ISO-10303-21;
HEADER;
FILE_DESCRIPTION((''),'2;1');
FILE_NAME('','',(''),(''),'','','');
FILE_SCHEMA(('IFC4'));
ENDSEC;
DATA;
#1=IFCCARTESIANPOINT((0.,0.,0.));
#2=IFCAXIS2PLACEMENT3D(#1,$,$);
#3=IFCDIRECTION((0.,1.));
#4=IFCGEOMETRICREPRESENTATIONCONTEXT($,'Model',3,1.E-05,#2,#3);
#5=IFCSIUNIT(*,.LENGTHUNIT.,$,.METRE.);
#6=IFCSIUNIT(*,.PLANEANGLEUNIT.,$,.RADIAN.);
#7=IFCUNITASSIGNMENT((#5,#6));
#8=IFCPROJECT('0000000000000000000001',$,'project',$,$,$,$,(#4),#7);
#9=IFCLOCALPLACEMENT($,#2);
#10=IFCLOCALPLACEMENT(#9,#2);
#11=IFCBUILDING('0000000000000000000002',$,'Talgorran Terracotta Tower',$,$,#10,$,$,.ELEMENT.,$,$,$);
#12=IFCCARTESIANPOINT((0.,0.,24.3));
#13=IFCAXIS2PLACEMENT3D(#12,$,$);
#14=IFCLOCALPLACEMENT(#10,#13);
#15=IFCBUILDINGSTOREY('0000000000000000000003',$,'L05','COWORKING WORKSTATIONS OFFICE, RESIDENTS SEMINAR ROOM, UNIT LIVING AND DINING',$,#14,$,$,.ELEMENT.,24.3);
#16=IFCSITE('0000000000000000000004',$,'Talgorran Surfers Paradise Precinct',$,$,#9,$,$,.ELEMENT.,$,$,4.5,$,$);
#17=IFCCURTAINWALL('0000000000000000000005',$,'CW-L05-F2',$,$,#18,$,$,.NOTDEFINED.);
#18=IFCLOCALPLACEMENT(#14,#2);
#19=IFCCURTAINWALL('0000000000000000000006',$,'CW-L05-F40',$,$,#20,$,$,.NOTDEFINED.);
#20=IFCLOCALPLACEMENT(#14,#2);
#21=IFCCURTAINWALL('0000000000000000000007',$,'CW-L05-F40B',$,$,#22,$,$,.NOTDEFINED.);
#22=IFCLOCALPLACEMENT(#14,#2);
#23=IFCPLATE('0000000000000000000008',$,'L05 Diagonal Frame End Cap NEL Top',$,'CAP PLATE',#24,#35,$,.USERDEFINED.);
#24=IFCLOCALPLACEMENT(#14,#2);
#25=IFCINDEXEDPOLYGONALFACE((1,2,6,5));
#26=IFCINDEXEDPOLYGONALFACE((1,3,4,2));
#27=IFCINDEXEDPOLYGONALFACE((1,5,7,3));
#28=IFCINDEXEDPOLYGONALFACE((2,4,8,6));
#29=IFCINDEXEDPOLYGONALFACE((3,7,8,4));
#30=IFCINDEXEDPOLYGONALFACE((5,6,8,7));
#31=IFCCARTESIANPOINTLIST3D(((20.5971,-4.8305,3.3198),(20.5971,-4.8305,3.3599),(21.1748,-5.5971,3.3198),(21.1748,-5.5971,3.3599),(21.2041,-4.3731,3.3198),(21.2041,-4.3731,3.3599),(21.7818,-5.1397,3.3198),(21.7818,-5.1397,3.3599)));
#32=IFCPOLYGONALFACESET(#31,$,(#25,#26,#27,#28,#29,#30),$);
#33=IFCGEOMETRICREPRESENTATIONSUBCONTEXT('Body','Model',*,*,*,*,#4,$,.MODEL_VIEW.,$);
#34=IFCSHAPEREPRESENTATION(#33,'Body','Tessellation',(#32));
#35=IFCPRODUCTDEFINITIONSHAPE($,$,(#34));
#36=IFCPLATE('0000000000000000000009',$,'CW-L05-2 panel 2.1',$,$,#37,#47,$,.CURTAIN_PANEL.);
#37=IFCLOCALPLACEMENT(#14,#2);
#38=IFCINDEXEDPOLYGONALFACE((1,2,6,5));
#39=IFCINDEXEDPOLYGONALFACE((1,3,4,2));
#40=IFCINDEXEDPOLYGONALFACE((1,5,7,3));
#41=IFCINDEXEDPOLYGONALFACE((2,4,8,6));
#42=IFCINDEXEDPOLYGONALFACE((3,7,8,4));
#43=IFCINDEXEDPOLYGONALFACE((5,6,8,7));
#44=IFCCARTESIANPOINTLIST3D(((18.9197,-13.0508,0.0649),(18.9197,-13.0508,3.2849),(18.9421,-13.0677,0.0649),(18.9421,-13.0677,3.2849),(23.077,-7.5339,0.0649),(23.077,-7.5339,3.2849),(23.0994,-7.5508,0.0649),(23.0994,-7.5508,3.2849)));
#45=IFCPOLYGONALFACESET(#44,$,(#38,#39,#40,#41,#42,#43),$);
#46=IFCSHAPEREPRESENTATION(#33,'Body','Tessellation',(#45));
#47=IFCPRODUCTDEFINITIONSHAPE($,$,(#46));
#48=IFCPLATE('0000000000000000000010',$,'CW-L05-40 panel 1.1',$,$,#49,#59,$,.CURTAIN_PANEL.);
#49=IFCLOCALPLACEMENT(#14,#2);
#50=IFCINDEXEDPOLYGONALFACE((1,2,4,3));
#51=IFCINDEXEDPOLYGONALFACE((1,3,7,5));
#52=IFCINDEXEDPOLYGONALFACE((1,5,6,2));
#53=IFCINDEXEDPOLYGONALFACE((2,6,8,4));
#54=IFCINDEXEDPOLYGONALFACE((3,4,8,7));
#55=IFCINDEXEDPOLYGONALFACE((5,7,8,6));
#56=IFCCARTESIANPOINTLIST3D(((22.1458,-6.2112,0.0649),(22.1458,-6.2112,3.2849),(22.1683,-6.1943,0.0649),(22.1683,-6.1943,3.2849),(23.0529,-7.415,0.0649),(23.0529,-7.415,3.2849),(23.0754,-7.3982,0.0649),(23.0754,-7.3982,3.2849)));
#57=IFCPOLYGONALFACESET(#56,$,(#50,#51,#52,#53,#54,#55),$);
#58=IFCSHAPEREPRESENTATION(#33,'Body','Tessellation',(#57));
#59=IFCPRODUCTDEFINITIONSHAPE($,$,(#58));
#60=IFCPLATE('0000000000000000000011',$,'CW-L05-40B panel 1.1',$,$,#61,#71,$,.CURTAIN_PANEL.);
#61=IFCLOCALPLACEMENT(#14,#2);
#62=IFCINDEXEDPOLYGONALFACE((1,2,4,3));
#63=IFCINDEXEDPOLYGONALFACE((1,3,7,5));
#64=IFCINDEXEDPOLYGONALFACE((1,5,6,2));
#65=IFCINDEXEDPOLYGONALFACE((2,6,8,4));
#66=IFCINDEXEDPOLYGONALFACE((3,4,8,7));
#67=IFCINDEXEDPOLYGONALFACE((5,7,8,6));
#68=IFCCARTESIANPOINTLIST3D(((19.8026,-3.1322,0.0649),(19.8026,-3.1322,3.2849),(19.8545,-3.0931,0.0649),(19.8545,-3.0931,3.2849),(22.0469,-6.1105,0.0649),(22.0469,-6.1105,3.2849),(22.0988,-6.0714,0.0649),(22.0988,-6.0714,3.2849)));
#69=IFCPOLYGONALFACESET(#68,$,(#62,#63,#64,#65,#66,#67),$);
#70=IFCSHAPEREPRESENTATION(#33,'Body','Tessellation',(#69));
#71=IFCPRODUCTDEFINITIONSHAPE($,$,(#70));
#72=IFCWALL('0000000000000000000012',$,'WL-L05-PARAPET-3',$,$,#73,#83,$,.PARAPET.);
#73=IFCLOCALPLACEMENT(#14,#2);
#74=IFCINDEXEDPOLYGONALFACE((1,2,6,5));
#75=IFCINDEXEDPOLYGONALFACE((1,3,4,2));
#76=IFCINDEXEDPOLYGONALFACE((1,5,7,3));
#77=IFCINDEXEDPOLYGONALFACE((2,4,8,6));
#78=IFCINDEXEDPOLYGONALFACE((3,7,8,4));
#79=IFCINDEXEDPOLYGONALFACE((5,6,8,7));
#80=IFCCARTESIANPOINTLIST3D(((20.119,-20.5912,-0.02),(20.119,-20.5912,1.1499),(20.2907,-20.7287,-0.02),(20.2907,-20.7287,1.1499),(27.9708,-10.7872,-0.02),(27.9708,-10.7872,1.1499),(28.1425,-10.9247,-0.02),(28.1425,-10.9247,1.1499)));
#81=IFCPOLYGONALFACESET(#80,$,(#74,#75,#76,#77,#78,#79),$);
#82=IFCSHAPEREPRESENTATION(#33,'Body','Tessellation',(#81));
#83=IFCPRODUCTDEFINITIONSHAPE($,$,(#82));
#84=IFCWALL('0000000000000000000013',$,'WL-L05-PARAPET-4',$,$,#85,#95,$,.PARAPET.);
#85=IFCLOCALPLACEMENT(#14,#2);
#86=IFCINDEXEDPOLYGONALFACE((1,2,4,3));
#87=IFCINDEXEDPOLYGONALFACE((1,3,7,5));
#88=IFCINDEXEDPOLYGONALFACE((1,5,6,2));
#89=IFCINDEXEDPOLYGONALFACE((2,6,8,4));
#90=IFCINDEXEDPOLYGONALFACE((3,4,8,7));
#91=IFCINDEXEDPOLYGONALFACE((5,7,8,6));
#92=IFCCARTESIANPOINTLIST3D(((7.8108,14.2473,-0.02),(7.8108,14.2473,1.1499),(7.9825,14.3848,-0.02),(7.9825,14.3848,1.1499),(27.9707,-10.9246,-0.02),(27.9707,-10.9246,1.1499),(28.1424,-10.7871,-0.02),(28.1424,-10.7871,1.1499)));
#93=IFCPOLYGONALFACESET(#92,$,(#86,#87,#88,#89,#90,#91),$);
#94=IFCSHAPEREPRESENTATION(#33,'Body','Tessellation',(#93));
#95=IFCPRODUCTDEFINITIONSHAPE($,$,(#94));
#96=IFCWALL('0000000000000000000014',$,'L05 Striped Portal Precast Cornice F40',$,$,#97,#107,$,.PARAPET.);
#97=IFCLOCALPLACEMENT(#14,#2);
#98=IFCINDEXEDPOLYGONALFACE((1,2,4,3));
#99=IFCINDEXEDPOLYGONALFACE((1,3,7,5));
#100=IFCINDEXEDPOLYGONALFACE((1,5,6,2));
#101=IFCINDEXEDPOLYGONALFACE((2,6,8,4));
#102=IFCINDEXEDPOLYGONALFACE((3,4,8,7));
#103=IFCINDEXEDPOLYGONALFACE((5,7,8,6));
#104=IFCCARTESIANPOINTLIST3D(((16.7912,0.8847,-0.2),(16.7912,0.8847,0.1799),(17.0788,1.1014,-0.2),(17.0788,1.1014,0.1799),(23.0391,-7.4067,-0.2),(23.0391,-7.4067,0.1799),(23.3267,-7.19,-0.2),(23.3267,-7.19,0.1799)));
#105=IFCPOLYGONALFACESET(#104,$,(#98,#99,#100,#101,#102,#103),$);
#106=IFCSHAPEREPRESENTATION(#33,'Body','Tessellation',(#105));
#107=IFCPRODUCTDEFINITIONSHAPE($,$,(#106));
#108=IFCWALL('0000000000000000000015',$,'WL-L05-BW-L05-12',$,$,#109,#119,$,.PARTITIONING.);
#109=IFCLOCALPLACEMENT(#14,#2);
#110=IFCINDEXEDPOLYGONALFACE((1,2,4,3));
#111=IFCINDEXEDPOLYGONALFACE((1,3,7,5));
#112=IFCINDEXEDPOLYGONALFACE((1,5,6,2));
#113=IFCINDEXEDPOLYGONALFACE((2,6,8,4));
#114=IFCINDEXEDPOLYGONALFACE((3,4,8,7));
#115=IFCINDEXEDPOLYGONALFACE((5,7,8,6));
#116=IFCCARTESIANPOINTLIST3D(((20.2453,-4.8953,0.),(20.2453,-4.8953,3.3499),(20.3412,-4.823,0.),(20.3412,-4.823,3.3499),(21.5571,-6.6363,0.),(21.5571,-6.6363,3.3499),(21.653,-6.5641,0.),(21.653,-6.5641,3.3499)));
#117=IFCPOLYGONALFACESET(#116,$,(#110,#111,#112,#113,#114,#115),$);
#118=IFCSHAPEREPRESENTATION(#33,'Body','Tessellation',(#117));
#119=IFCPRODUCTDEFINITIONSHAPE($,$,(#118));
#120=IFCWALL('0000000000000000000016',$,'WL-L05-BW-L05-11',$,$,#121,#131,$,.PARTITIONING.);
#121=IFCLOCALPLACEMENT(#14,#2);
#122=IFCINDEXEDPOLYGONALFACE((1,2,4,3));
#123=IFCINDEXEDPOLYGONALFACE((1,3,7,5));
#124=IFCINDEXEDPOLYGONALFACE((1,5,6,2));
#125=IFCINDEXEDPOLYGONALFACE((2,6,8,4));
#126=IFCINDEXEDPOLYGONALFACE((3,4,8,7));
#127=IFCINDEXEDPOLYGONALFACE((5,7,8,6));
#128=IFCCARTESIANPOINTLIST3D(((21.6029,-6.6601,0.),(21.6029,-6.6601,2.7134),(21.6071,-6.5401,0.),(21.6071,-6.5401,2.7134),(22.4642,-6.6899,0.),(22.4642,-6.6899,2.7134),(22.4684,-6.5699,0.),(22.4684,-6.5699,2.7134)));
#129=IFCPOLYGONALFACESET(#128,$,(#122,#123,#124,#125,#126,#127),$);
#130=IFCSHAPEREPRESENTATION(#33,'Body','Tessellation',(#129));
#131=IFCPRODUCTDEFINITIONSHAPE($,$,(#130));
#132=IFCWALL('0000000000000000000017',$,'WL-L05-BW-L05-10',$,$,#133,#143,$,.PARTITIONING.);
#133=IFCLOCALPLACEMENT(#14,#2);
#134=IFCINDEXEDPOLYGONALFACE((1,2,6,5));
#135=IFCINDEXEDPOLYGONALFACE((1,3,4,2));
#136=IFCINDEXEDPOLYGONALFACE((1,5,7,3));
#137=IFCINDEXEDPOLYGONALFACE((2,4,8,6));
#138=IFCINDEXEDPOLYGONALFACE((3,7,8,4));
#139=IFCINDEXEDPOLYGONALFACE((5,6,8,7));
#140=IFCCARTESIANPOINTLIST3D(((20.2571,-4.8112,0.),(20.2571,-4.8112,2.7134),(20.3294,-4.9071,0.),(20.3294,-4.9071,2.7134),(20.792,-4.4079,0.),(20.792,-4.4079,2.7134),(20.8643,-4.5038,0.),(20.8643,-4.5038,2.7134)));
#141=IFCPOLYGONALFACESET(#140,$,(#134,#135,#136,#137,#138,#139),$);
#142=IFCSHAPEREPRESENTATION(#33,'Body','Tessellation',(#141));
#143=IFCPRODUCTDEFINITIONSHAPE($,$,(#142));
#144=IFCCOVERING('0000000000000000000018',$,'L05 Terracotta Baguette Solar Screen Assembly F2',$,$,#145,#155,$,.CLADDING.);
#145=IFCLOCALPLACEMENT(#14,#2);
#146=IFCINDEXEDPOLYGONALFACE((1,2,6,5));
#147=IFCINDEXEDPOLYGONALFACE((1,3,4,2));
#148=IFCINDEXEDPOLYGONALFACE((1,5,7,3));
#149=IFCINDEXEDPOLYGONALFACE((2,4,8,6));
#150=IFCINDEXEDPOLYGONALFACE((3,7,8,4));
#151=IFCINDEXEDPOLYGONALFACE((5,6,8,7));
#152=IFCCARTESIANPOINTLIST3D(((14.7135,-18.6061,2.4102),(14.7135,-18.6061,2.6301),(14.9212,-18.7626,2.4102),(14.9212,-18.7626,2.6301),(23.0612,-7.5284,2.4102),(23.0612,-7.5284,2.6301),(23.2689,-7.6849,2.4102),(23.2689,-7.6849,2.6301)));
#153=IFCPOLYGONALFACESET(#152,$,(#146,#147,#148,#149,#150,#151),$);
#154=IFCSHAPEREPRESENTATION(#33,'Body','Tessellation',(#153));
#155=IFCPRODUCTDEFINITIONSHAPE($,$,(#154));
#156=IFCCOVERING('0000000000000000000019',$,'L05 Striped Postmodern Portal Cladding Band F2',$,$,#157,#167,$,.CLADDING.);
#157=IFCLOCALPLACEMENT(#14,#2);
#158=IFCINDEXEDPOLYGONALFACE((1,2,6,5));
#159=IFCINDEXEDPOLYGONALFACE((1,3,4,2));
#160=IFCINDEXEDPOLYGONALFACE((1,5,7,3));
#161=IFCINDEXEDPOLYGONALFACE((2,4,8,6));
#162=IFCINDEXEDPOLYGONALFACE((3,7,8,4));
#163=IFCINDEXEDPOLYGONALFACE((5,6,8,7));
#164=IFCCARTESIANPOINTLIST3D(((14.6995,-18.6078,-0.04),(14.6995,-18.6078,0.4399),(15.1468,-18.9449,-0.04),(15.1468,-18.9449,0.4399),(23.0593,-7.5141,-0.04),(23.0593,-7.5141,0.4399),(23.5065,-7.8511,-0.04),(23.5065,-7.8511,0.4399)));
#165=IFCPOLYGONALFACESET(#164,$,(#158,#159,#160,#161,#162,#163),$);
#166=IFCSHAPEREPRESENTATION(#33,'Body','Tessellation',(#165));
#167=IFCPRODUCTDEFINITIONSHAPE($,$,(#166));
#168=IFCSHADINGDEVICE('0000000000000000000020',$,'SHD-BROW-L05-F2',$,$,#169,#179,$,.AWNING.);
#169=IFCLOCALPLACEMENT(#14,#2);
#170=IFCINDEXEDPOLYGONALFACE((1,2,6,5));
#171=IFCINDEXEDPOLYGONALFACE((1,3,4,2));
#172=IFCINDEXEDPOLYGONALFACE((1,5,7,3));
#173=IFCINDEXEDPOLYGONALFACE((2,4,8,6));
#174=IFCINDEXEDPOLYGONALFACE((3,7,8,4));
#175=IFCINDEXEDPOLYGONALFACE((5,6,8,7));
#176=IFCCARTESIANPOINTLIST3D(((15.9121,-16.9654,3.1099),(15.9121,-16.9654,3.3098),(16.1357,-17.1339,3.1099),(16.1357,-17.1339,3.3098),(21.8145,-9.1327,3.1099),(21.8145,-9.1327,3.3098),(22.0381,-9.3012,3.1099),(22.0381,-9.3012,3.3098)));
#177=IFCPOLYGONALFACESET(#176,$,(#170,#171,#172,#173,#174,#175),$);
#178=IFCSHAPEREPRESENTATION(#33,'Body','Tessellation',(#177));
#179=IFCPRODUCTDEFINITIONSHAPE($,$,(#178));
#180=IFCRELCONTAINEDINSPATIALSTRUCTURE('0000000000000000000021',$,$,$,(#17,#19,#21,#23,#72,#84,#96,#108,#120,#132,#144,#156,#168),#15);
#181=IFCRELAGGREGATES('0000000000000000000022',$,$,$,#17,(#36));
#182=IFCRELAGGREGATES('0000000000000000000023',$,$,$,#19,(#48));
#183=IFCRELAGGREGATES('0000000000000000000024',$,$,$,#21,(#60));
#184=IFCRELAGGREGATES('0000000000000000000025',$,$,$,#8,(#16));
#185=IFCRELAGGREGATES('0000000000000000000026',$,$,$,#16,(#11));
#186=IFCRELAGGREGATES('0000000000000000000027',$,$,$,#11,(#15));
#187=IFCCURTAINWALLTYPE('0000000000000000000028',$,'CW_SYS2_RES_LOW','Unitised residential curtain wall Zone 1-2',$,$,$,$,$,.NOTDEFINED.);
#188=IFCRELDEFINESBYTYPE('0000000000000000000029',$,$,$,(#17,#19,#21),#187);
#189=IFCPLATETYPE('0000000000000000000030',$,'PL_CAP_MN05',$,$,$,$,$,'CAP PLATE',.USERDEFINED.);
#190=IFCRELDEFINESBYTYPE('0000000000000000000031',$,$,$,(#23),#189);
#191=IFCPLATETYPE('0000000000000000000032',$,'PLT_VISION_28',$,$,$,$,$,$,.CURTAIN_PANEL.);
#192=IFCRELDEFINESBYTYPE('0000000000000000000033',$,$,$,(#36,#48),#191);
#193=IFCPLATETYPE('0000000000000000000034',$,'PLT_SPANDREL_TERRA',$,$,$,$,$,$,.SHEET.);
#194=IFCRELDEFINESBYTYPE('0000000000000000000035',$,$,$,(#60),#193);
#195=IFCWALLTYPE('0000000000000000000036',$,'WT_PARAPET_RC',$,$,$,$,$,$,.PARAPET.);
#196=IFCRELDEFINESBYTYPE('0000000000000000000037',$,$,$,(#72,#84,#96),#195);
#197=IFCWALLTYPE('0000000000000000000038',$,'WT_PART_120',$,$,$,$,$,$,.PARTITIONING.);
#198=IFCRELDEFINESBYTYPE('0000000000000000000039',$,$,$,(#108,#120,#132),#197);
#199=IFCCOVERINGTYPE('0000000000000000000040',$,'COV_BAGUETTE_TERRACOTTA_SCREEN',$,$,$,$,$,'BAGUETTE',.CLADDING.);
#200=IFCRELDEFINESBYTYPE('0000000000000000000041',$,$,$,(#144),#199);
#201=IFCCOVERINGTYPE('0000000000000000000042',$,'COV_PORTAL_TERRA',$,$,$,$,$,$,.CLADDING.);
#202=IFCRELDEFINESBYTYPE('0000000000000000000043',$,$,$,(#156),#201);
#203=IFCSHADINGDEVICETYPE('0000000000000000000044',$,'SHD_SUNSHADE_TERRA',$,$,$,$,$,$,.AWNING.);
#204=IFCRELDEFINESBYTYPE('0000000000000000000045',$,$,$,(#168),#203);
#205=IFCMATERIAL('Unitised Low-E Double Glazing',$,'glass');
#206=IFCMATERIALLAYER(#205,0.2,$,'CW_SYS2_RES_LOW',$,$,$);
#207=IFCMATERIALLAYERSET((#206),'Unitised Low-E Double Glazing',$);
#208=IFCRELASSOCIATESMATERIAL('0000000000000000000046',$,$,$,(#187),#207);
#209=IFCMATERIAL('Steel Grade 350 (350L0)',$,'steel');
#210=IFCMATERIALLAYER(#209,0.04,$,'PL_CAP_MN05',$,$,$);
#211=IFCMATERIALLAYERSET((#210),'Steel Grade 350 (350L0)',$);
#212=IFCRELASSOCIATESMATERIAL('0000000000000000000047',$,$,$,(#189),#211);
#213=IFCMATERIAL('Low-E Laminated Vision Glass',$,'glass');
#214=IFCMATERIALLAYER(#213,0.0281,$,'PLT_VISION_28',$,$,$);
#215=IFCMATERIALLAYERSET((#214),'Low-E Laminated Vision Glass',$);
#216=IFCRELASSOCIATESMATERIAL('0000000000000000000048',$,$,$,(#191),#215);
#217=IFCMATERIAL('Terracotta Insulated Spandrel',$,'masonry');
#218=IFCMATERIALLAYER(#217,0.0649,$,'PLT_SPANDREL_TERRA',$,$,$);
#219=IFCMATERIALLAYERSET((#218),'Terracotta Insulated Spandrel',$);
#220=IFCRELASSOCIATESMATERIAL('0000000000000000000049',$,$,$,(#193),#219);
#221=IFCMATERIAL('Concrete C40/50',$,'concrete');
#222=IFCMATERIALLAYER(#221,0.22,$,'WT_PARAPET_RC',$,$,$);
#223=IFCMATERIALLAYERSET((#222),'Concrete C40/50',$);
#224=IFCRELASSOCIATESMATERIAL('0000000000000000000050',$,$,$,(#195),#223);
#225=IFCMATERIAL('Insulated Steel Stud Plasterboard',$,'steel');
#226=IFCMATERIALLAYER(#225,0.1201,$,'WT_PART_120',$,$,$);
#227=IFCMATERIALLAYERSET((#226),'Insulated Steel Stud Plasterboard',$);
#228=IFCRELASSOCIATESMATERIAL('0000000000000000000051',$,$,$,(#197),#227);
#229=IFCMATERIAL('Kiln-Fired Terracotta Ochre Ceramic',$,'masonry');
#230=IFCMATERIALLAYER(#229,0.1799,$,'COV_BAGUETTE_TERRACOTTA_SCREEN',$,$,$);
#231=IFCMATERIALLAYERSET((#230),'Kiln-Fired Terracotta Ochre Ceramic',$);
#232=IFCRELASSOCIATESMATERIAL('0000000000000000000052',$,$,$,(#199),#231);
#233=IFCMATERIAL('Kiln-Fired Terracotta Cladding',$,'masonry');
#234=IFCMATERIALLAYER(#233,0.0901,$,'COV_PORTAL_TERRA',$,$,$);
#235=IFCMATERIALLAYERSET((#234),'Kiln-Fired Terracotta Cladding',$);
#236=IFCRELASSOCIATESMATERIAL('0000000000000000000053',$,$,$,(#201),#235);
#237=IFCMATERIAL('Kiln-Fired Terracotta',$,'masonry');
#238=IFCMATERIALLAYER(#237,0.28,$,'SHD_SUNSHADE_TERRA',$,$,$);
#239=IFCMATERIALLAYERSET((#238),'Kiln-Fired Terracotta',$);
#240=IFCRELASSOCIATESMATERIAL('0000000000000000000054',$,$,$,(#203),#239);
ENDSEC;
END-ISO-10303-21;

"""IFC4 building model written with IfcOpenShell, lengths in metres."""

from ifc_helpers import new_model, si_unit, direction, frame, frame_2d, origin, origin_2d, place, context, subcontext, project, spatial, rectangle, extrude, source, transform, mapped, material, layer, layer_set, type_object, type_shapes, element, aggregate, save


model = new_model("IFC4")

# Units and contexts
model_context = context("Model", 3, precision=1e-05, world=origin(), true_north=direction((0.0, 1.0)))
body_context = subcontext(model_context, "Body", "Model", "MODEL_VIEW")
ifc_project = project(units=[si_unit("LENGTHUNIT", "METRE"), si_unit("PLANEANGLEUNIT", "RADIAN")], contexts=[model_context])

# Site, building, storey
site_placement = place(None, origin())
site = spatial("IfcSite", under=ifc_project, at=site_placement, Name="Talgorran Surfers Paradise Precinct", CompositionType="ELEMENT", RefElevation=4.5)
building_placement = place(site_placement, origin())
building = spatial("IfcBuilding", under=site, at=building_placement, Name="Talgorran Terracotta Tower", CompositionType="ELEMENT")
storey_placement = place(building_placement, frame((0.0, 0.0, 24.3)))
storey = spatial("IfcBuildingStorey", under=building, at=storey_placement, Name="L05", Description="COWORKING WORKSTATIONS OFFICE, RESIDENTS SEMINAR ROOM, UNIT LIVING AND DINING", CompositionType="ELEMENT", Elevation=24.3)

# Shared definitions
ifc_material_1 = material(Name="Steel Grade 350 (350L0)", Category="steel")

# Curtain wall
ifc_material_2 = material(Name="Unitised Low-E Double Glazing", Category="glass")
ifc_layer_1 = layer(ifc_material_2, 0.2, Name="CW_SYS2_RES_LOW")
ifc_layer_set_1 = layer_set([ifc_layer_1], Name="Unitised Low-E Double Glazing")
curtain_wall_type = type_object("IfcCurtainWallType", Name="CW_SYS2_RES_LOW", Description="Unitised residential curtain wall Zone 1-2", PredefinedType="NOTDEFINED", material=ifc_layer_set_1)
curtain_wall_1_placement = place(storey_placement, origin())
curtain_wall_1 = element("IfcCurtainWall", 1, at=curtain_wall_1_placement, inside=storey, type_object=curtain_wall_type, Name="CW-L05-F2", PredefinedType="NOTDEFINED")

# Curtain wall
curtain_wall_2_placement = place(storey_placement, origin())
curtain_wall_2 = element("IfcCurtainWall", 2, at=curtain_wall_2_placement, inside=storey, type_object=curtain_wall_type, Name="CW-L05-F40", PredefinedType="NOTDEFINED")

# Curtain wall
curtain_wall_3_placement = place(storey_placement, origin())
curtain_wall_3 = element("IfcCurtainWall", 3, at=curtain_wall_3_placement, inside=storey, type_object=curtain_wall_type, Name="CW-L05-F40B", PredefinedType="NOTDEFINED")

# Plate
ifc_layer_2 = layer(ifc_material_1, 0.04, Name="PL_CAP_MN05")
ifc_layer_set_2 = layer_set([ifc_layer_2], Name="Steel Grade 350 (350L0)")
plate_type_1 = type_object("IfcPlateType", Name="PL_CAP_MN05", ElementType="CAP PLATE", PredefinedType="USERDEFINED", material=ifc_layer_set_2)
for number, where, z_axis, x_axis, name in (
    (4, (21.1895, -4.9851, 3.3198), (0.0, 0.0, 1.0), (-0.601815, 0.798636, 0.0), "L05 Diagonal Frame End Cap NEL Top"),
):
    element("IfcPlate", number, at=place(storey_placement, frame(where, z_axis=z_axis, x_axis=x_axis)), inside=storey, type_object=plate_type_1, Name=name, ObjectType="CAP PLATE", PredefinedType="USERDEFINED", context=body_context, shape_type="SweptSolid", body=[
        extrude(rectangle(XDim=0.96, YDim=0.76, at=origin_2d()), origin(), (0.0, 0.0, 1.0), 0.04),
    ])

# Plates
ifc_material_3 = material(Name="Low-E Laminated Vision Glass", Category="glass")
ifc_layer_3 = layer(ifc_material_3, 0.0281, Name="PLT_VISION_28")
ifc_layer_set_3 = layer_set([ifc_layer_3], Name="Low-E Laminated Vision Glass")
plate_type_2 = type_object("IfcPlateType", Name="PLT_VISION_28", PredefinedType="CURTAIN_PANEL", material=ifc_layer_set_3)
shared_shape_1 = source(origin(), body_context, "Body", "SweptSolid", [
    extrude(rectangle(XDim=6.908, YDim=0.0281, at=origin_2d()), origin(), (0.0, 0.0, 1.0), 3.22),
])
plate_1_placement = place(storey_placement, frame((21.0095, -10.3008, 0.0649), z_axis=(0.0, 0.0, 1.0), x_axis=(0.601812, 0.798638, 0.0)))
plate_1 = element("IfcPlate", 5, at=plate_1_placement, type_object=plate_type_2, Name="CW-L05-2 panel 2.1", PredefinedType="CURTAIN_PANEL", context=body_context, shape_type="MappedRepresentation", body=[
    mapped(shared_shape_1, transform((0.0, 0.0, 0.0), scale=1.0)),
])
aggregate(curtain_wall_1, [plate_1])
shared_shape_2 = source(origin(), body_context, "Body", "SweptSolid", [
    extrude(rectangle(XDim=1.5073, YDim=0.0281, at=origin_2d()), origin(), (0.0, 0.0, 1.0), 3.22),
])
type_shapes(plate_type_2, [shared_shape_1, shared_shape_2])
plate_2_placement = place(storey_placement, frame((22.6106, -6.8047, 0.0649), z_axis=(0.0, 0.0, 1.0), x_axis=(-0.601797, 0.798649, 0.0)))
plate_2 = element("IfcPlate", 6, at=plate_2_placement, type_object=plate_type_2, Name="CW-L05-40 panel 1.1", PredefinedType="CURTAIN_PANEL", context=body_context, shape_type="MappedRepresentation", body=[
    mapped(shared_shape_2, transform((0.0, 0.0, 0.0), scale=1.0)),
])
aggregate(curtain_wall_2, [plate_2])
ifc_material_4 = material(Name="Terracotta Insulated Spandrel", Category="masonry")
ifc_layer_4 = layer(ifc_material_4, 0.0649, Name="PLT_SPANDREL_TERRA")
ifc_layer_set_4 = layer_set([ifc_layer_4], Name="Terracotta Insulated Spandrel")
plate_type_3 = type_object("IfcPlateType", Name="PLT_SPANDREL_TERRA", PredefinedType="SHEET", material=ifc_layer_set_4)
shared_shape_3 = source(origin(), body_context, "Body", "SweptSolid", [
    extrude(rectangle(XDim=3.7292, YDim=0.0649, at=origin_2d()), origin(), (0.0, 0.0, 1.0), 3.22),
])
type_shapes(plate_type_3, [shared_shape_3])
plate_3_placement = place(storey_placement, frame((20.9507, -4.6018, 0.0649), z_axis=(0.0, 0.0, 1.0), x_axis=(-0.601814, 0.798636, 0.0)))
plate_3 = element("IfcPlate", 7, at=plate_3_placement, type_object=plate_type_3, Name="CW-L05-40B panel 1.1", PredefinedType="CURTAIN_PANEL", context=body_context, shape_type="MappedRepresentation", body=[
    mapped(shared_shape_3, transform((0.0, 0.0, 0.0), scale=1.0)),
])
aggregate(curtain_wall_3, [plate_3])

# Walls
ifc_material_5 = material(Name="Concrete C40/50", Category="concrete")
ifc_layer_5 = layer(ifc_material_5, 0.22, Name="WT_PARAPET_RC")
ifc_layer_set_5 = layer_set([ifc_layer_5], Name="Concrete C40/50")
wall_type_1 = type_object("IfcWallType", Name="WT_PARAPET_RC", PredefinedType="PARAPET", material=ifc_layer_set_5)
wall_1_placement = place(storey_placement, frame((20.2048, -20.6599, -0.02), z_axis=(0.0, 0.0, 1.0), x_axis=(0.625115, 0.780533, 0.0)))
element("IfcWall", 8, at=wall_1_placement, inside=storey, type_object=wall_type_1, Name="WL-L05-PARAPET-3", PredefinedType="PARAPET", context=body_context, shape_type="SweptSolid", body=[
    extrude(rectangle(XDim=12.5605, YDim=0.22, at=frame_2d((6.2803, 0.0))), origin(), (0.0, 0.0, 1.0), 1.1699),
])
wall_2_placement = place(storey_placement, frame((28.0566, -10.856, -0.02), z_axis=(0.0, 0.0, 1.0), x_axis=(-0.625119, 0.78053, 0.0)))
element("IfcWall", 9, at=wall_2_placement, inside=storey, type_object=wall_type_1, Name="WL-L05-PARAPET-4", PredefinedType="PARAPET", context=body_context, shape_type="SweptSolid", body=[
    extrude(rectangle(XDim=32.2498, YDim=0.22, at=frame_2d((16.125, 0.0))), origin(), (0.0, 0.0, 1.0), 1.1699),
])
wall_3_placement = place(storey_placement, frame((23.1829, -7.2983, -0.2), z_axis=(0.0, 0.0, 1.0), x_axis=(-0.601808, 0.798641, 0.0)))
element("IfcWall", 10, at=wall_3_placement, inside=storey, type_object=wall_type_1, Name="L05 Striped Portal Precast Cornice F40", PredefinedType="PARAPET", context=body_context, shape_type="SweptSolid", body=[
    extrude(rectangle(XDim=10.3818, YDim=0.3601, at=frame_2d((5.1909, 0.0))), origin(), (0.0, 0.0, 1.0), 0.3799),
])
ifc_material_6 = material(Name="Insulated Steel Stud Plasterboard", Category="steel")
ifc_layer_6 = layer(ifc_material_6, 0.1201, Name="WT_PART_120")
ifc_layer_set_6 = layer_set([ifc_layer_6], Name="Insulated Steel Stud Plasterboard")
wall_type_2 = type_object("IfcWallType", Name="WT_PART_120", PredefinedType="PARTITIONING", material=ifc_layer_set_6)
wall_4_placement = place(storey_placement, frame((21.605, -6.6001, 0.0), z_axis=(0.0, 0.0, 1.0), x_axis=(-0.601773, 0.798667, 0.0)))
element("IfcWall", 11, at=wall_4_placement, inside=storey, type_object=wall_type_2, Name="WL-L05-BW-L05-12", PredefinedType="PARTITIONING", context=body_context, shape_type="SweptSolid", body=[
    extrude(rectangle(XDim=2.1799, YDim=0.1201, at=frame_2d((1.0898, 0.0))), origin(), (0.0, 0.0, 1.0), 3.3499),
])
wall_5_placement = place(storey_placement, frame((22.4663, -6.6299, 0.0), z_axis=(0.0, 0.0, 1.0), x_axis=(-0.999403, 0.03456, 0.0)))
element("IfcWall", 12, at=wall_5_placement, inside=storey, type_object=wall_type_2, Name="WL-L05-BW-L05-11", PredefinedType="PARTITIONING", context=body_context, shape_type="SweptSolid", body=[
    extrude(rectangle(XDim=0.8618, YDim=0.1201, at=frame_2d((0.4309, 0.0))), origin(), (0.0, 0.0, 1.0), 2.7134),
])
wall_6_placement = place(storey_placement, frame((20.2932, -4.8591, 0.0), z_axis=(0.0, 0.0, 1.0), x_axis=(0.798467, 0.602039, 0.0)))
element("IfcWall", 13, at=wall_6_placement, inside=storey, type_object=wall_type_2, Name="WL-L05-BW-L05-10", PredefinedType="PARTITIONING", context=body_context, shape_type="SweptSolid", body=[
    extrude(rectangle(XDim=0.6699, YDim=0.1201, at=frame_2d((0.335, 0.0))), origin(), (0.0, 0.0, 1.0), 2.7134),
])

# Coverings
ifc_material_7 = material(Name="Kiln-Fired Terracotta Ochre Ceramic", Category="masonry")
ifc_layer_7 = layer(ifc_material_7, 0.1799, Name="COV_BAGUETTE_TERRACOTTA_SCREEN")
ifc_layer_set_7 = layer_set([ifc_layer_7], Name="Kiln-Fired Terracotta Ochre Ceramic")
covering_type_1 = type_object("IfcCoveringType", Name="COV_BAGUETTE_TERRACOTTA_SCREEN", ElementType="BAGUETTE", PredefinedType="CLADDING", material=ifc_layer_set_7)
covering_1_placement = place(storey_placement, frame((18.9912, -13.1455, 2.4102), z_axis=(0.0, 0.0, 1.0), x_axis=(0.601815, 0.798636, 0.0)))
element("IfcCovering", 14, at=covering_1_placement, inside=storey, type_object=covering_type_1, Name="L05 Terracotta Baguette Solar Screen Assembly F2", PredefinedType="CLADDING", context=body_context, shape_type="SweptSolid", body=[
    extrude(rectangle(XDim=13.8708, YDim=0.26, at=origin_2d()), origin(), (0.0, 0.0, 1.0), 0.22),
])
ifc_material_8 = material(Name="Kiln-Fired Terracotta Cladding", Category="masonry")
ifc_layer_8 = layer(ifc_material_8, 0.0901, Name="COV_PORTAL_TERRA")
ifc_layer_set_8 = layer_set([ifc_layer_8], Name="Kiln-Fired Terracotta Cladding")
covering_type_2 = type_object("IfcCoveringType", Name="COV_PORTAL_TERRA", PredefinedType="CLADDING", material=ifc_layer_set_8)
covering_2_placement = place(storey_placement, frame((19.103, -13.2295, -0.04), z_axis=(0.0, 0.0, 1.0), x_axis=(0.601815, 0.798636, 0.0)))
element("IfcCovering", 15, at=covering_2_placement, inside=storey, type_object=covering_type_2, Name="L05 Striped Postmodern Portal Cladding Band F2", PredefinedType="CLADDING", context=body_context, shape_type="SweptSolid", body=[
    extrude(rectangle(XDim=13.8909, YDim=0.5601, at=origin_2d()), origin(), (0.0, 0.0, 1.0), 0.48),
])

# Shading device
ifc_material_9 = material(Name="Kiln-Fired Terracotta", Category="masonry")
ifc_layer_9 = layer(ifc_material_9, 0.28, Name="SHD_SUNSHADE_TERRA")
ifc_layer_set_9 = layer_set([ifc_layer_9], Name="Kiln-Fired Terracotta")
shading_device_type = type_object("IfcShadingDeviceType", Name="SHD_SUNSHADE_TERRA", PredefinedType="AWNING", material=ifc_layer_set_9)
shared_shape_4 = source(origin(), body_context, "Body", "SweptSolid", [
    extrude(rectangle(XDim=9.8076, YDim=0.28, at=origin_2d()), origin(), (0.0, 0.0, 1.0), 0.2),
])
type_shapes(shading_device_type, [shared_shape_4])
shading_device_placement = place(storey_placement, frame((18.9751, -13.1333, 3.1099), z_axis=(0.0, 0.0, 1.0), x_axis=(0.601815, 0.798636, 0.0)))
element("IfcShadingDevice", 16, at=shading_device_placement, inside=storey, type_object=shading_device_type, Name="SHD-BROW-L05-F2", PredefinedType="AWNING", context=body_context, shape_type="MappedRepresentation", body=[
    mapped(shared_shape_4, transform((0.0, 0.0, 0.0), scale=1.0)),
])

save(model, "model.ifc")
